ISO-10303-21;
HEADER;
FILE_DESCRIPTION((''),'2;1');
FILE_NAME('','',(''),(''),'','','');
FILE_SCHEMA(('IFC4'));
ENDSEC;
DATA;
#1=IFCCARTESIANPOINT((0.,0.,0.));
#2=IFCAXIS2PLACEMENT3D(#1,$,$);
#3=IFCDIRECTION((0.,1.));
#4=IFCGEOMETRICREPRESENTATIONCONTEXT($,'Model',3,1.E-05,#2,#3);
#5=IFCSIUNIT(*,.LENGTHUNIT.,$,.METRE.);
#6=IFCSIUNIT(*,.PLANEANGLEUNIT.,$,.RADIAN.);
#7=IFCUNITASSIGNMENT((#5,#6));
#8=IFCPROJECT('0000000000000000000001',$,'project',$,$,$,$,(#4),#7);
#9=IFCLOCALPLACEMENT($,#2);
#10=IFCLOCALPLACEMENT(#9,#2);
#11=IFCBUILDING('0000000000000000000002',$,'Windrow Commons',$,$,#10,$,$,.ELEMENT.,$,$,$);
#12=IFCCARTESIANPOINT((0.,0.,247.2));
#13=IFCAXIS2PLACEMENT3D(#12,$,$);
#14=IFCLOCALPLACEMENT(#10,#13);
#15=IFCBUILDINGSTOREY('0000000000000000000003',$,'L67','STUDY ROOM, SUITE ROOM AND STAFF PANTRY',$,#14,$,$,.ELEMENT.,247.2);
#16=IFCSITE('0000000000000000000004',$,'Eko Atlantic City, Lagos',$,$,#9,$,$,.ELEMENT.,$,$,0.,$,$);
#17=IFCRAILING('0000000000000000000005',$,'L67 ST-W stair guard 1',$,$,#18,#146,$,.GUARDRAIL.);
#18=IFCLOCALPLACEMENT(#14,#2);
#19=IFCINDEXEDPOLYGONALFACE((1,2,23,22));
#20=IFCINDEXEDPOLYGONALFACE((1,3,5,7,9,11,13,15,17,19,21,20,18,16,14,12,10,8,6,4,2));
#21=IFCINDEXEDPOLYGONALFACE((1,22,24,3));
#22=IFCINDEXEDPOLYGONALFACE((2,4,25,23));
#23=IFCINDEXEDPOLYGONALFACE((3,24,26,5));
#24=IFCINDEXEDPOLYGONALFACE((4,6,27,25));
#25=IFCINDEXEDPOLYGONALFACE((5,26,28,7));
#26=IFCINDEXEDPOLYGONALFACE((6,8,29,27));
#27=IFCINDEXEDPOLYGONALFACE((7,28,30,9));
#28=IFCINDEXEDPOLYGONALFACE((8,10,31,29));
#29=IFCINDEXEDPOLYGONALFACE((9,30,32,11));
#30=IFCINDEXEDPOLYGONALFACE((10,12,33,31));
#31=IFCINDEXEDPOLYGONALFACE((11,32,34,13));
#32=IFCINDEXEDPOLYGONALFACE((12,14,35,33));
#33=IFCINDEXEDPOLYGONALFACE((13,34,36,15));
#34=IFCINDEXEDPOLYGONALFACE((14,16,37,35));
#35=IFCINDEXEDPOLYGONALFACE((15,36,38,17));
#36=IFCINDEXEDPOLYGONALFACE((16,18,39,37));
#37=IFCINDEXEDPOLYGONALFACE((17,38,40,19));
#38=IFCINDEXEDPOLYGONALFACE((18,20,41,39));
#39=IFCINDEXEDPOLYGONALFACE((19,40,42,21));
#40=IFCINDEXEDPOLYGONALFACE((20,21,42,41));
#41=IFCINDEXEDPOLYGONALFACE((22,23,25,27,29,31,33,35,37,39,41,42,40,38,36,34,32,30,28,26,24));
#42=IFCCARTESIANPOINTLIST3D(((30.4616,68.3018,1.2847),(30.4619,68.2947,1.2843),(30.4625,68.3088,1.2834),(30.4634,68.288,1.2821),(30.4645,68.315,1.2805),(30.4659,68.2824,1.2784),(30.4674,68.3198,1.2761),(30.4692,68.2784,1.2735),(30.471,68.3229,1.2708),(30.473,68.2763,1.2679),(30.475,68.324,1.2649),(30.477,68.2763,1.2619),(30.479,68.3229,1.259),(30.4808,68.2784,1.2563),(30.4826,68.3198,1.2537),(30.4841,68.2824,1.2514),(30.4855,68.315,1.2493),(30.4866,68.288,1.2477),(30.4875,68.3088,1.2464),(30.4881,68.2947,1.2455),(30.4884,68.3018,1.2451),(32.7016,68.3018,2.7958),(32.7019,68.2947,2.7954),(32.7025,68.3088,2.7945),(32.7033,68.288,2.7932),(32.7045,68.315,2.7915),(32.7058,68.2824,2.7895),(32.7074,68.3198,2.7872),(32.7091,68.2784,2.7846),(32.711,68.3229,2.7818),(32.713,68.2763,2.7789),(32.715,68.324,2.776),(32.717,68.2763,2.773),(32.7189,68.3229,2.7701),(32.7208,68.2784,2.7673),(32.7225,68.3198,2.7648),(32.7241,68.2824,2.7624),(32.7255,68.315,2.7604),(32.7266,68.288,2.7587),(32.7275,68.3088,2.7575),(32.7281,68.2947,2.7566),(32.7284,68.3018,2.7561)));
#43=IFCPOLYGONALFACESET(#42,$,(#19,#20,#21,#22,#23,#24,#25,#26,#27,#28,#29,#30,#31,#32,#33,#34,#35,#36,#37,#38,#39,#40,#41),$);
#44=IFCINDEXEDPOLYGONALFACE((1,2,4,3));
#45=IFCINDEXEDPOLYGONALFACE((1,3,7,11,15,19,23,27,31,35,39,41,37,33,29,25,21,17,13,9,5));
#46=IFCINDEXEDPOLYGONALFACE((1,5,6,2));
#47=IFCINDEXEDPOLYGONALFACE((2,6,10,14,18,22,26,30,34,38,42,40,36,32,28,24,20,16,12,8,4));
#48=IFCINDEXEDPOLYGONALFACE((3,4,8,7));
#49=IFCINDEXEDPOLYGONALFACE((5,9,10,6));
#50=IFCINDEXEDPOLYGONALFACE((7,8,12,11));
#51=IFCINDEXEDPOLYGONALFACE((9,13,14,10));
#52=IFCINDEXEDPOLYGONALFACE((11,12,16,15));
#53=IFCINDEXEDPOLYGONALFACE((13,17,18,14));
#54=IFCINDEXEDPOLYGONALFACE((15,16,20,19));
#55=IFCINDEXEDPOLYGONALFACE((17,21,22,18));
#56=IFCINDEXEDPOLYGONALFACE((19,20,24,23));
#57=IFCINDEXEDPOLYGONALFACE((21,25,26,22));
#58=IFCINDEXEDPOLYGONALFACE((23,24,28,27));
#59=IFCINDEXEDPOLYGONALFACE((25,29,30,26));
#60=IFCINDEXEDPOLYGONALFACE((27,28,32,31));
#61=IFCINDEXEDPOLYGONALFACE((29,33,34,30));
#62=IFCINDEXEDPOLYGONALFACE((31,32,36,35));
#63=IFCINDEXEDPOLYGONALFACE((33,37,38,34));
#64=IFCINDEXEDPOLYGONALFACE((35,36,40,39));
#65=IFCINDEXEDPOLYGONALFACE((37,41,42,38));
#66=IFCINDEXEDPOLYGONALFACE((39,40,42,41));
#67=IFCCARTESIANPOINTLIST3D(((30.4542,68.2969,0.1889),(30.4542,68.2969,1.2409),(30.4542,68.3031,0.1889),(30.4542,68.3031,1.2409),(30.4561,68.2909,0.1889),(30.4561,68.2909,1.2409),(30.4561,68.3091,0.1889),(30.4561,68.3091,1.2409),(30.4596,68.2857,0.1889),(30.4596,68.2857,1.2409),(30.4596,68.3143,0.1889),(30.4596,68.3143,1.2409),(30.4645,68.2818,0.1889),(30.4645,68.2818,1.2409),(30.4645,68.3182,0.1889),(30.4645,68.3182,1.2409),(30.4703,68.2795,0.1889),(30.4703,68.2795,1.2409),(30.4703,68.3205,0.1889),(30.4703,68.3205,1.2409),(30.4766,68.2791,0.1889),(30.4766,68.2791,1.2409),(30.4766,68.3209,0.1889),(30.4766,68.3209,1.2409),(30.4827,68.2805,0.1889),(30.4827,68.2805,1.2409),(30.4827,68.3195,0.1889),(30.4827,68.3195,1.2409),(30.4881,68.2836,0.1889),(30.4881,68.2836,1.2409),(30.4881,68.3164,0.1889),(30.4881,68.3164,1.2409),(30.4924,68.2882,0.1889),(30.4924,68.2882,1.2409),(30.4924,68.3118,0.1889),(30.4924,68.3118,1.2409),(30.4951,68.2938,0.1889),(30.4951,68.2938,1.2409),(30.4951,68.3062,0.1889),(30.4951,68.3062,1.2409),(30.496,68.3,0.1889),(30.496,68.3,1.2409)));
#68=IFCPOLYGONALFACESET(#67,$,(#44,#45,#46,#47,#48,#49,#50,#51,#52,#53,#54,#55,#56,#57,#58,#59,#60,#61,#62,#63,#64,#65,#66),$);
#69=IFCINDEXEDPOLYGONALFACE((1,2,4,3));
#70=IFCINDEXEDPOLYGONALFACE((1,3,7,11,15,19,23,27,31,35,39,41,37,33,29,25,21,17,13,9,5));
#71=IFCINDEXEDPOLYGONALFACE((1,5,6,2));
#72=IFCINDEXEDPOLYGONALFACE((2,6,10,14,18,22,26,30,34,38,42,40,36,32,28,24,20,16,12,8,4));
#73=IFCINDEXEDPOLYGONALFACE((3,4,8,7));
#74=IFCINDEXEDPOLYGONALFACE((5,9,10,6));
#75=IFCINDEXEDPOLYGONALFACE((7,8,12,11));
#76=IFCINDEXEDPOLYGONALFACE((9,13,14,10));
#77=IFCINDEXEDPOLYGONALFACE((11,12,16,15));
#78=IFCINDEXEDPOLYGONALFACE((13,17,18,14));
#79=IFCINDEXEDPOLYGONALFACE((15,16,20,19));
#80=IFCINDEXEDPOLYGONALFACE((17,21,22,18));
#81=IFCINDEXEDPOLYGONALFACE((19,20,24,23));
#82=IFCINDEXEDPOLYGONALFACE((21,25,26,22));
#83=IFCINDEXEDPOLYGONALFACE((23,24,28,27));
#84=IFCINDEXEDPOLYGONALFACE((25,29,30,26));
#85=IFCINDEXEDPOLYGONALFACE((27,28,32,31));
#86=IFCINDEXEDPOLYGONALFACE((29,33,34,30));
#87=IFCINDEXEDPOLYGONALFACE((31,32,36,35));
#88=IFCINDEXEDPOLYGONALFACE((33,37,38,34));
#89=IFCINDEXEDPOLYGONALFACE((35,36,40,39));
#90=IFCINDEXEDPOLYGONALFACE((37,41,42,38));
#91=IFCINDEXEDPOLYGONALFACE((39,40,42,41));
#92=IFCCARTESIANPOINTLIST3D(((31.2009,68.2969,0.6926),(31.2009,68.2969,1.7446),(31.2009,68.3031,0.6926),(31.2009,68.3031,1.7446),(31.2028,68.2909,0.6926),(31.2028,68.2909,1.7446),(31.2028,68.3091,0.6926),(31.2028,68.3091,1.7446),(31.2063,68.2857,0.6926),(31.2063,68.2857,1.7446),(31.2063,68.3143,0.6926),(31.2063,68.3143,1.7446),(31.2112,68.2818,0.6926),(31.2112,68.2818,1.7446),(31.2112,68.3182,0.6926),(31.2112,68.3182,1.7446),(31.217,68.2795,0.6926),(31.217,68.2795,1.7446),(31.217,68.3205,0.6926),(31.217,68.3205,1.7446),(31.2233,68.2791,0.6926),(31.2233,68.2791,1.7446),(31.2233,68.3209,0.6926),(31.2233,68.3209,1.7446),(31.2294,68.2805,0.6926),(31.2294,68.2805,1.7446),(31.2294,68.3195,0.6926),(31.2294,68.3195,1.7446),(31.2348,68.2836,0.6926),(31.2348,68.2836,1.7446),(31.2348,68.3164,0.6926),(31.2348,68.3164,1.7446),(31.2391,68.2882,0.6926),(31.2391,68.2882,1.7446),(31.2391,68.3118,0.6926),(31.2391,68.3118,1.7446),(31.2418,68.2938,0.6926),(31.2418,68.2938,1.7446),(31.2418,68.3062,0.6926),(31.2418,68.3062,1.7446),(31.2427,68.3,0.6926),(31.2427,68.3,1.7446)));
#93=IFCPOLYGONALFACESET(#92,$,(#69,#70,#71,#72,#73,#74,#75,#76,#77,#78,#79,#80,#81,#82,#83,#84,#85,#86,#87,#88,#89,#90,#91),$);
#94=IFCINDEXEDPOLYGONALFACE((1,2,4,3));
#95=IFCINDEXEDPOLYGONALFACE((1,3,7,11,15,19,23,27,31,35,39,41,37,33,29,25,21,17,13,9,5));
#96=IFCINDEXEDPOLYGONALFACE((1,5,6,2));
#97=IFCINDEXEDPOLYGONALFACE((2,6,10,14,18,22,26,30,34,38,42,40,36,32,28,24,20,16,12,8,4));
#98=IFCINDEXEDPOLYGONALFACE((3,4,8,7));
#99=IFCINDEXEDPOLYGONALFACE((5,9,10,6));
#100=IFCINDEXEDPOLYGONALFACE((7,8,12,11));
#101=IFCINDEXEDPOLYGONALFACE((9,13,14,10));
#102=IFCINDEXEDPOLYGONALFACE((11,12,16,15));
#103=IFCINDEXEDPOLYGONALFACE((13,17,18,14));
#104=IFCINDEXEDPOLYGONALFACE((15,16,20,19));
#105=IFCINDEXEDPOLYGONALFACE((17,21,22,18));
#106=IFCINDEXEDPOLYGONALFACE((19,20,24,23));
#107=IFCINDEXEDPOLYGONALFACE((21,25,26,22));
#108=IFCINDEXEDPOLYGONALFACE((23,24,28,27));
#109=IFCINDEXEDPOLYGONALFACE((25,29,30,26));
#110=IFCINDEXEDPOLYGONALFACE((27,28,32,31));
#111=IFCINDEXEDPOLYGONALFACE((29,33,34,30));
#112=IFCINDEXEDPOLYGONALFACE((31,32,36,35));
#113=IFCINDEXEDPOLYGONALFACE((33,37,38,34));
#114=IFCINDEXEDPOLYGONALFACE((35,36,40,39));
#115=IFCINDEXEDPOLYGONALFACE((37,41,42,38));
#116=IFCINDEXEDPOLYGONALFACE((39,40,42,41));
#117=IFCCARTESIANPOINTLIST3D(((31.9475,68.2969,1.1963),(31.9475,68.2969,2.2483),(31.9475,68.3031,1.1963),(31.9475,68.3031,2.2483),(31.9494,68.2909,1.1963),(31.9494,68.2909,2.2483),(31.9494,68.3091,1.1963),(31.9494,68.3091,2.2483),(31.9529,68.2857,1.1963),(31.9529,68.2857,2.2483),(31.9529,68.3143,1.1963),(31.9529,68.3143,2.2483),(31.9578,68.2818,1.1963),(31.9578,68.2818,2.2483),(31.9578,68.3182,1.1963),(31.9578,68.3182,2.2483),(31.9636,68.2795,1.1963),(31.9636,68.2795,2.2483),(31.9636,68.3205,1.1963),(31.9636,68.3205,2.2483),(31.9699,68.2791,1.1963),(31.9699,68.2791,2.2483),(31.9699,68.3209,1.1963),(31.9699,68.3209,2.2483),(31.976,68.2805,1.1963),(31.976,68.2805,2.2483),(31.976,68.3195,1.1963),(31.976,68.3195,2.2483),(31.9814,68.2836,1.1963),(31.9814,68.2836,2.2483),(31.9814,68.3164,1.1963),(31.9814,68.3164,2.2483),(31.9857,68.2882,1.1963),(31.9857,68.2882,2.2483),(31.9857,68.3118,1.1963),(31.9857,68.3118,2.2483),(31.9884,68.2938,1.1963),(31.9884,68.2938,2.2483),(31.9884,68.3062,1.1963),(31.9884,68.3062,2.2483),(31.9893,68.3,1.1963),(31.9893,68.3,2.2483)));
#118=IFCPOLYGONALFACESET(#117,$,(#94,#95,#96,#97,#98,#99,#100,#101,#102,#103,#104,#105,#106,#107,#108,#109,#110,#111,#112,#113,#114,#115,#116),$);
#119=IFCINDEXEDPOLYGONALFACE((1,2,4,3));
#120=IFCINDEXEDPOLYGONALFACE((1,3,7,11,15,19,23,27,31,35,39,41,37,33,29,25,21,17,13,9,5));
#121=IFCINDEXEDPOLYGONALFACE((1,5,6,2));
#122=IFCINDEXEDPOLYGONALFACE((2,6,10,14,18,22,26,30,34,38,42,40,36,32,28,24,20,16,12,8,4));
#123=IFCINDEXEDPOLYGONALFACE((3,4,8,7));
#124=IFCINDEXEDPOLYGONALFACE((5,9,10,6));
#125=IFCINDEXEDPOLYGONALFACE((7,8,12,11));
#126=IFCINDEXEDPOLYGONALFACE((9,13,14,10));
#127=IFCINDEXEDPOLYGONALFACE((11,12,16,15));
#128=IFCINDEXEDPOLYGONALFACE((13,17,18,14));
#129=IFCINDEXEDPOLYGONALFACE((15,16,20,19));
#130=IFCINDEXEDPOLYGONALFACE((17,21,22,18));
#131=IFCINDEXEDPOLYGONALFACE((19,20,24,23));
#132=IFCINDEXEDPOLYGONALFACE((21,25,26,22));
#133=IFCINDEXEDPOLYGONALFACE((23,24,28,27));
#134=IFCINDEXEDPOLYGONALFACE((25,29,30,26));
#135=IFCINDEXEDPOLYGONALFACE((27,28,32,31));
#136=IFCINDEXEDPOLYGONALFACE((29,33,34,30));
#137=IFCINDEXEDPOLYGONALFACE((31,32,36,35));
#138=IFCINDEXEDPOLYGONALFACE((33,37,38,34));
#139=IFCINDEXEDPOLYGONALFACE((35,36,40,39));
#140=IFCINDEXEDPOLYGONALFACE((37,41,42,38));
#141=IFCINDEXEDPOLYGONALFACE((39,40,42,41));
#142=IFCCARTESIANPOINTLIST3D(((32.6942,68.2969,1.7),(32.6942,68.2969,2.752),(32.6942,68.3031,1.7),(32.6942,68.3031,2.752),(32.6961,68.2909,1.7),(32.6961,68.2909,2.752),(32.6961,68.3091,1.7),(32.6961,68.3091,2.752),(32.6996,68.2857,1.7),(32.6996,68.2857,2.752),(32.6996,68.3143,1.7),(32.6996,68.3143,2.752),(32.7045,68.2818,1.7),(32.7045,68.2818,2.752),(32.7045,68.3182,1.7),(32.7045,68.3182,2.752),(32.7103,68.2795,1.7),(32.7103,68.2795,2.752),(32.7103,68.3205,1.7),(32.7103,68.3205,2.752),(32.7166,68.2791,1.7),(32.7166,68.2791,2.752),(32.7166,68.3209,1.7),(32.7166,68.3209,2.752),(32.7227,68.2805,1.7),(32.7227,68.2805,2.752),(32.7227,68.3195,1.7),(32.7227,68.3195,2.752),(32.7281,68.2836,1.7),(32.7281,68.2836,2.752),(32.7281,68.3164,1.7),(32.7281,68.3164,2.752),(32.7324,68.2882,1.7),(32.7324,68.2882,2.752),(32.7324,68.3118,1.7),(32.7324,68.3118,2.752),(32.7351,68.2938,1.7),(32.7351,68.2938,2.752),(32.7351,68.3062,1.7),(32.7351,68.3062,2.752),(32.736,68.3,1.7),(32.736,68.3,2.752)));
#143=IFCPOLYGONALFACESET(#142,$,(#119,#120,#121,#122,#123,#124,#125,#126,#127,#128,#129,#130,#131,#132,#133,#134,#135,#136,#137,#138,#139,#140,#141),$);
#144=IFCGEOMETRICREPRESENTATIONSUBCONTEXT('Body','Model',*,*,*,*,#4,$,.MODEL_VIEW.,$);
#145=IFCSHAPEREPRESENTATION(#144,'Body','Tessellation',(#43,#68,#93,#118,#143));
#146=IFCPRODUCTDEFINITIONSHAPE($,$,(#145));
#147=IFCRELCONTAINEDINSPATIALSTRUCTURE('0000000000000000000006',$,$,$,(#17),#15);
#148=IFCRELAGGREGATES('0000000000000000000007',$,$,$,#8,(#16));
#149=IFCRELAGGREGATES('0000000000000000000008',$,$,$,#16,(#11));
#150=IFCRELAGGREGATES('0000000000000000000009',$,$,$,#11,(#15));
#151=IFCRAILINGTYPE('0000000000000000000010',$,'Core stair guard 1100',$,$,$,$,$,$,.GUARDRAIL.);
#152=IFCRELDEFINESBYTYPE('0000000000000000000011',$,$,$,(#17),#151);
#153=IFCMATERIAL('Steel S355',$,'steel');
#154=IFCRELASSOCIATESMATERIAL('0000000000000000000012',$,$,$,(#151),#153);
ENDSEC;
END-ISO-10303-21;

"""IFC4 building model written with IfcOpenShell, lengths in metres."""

from ifc_helpers import new_model, si_unit, direction, frame, origin, origin_2d, place, context, subcontext, project, spatial, circle, extrude, material, type_object, element, save


model = new_model("IFC4")

# Units and contexts
model_context = context("Model", 3, precision=1e-05, world=origin(), true_north=direction((0.0, 1.0)))
body_context = subcontext(model_context, "Body", "Model", "MODEL_VIEW")
ifc_project = project(units=[si_unit("LENGTHUNIT", "METRE"), si_unit("PLANEANGLEUNIT", "RADIAN")], contexts=[model_context])

# Site, building, storey
site_placement = place(None, origin())
site = spatial("IfcSite", under=ifc_project, at=site_placement, Name="Eko Atlantic City, Lagos", CompositionType="ELEMENT", RefElevation=0.0)
building_placement = place(site_placement, origin())
building = spatial("IfcBuilding", under=site, at=building_placement, Name="Windrow Commons", CompositionType="ELEMENT")
storey_placement = place(building_placement, frame((0.0, 0.0, 247.2)))
storey = spatial("IfcBuildingStorey", under=building, at=storey_placement, Name="L67", Description="STUDY ROOM, SUITE ROOM AND STAFF PANTRY", CompositionType="ELEMENT", Elevation=247.2)

# Railing
ifc_material_1 = material(Name="Steel S355", Category="steel")
railing_type_1 = type_object("IfcRailingType", Name="Core stair guard 1100", PredefinedType="GUARDRAIL", material=ifc_material_1)
railing_1_placement = place(storey_placement, frame((30.475, 68.3, 0.1889)))
element("IfcRailing", 1, at=railing_1_placement, inside=storey, type_object=railing_type_1, Name="L67 ST-W stair guard 1", PredefinedType="GUARDRAIL", context=body_context, shape_type="SweptSolid", body=[
    extrude(circle(Radius=0.024, at=origin_2d()), frame((0.0, 0.0, 1.076), z_axis=(0.829003, 0.0, 0.559244), x_axis=(0.0, 1.0, 0.0)), (0.0, 0.0, 1.0), 2.702),
    extrude(circle(Radius=0.021, at=origin_2d()), origin(), (0.0, 0.0, 1.0), 1.052),
    extrude(circle(Radius=0.021, at=origin_2d()), frame((0.7467, 0.0, 0.5037)), (0.0, 0.0, 1.0), 1.052),
    extrude(circle(Radius=0.021, at=origin_2d()), frame((1.4933, 0.0, 1.0074)), (0.0, 0.0, 1.0), 1.052),
    extrude(circle(Radius=0.021, at=origin_2d()), frame((2.24, 0.0, 1.5111)), (0.0, 0.0, 1.0), 1.052),
])

save(model, "model.ifc")
